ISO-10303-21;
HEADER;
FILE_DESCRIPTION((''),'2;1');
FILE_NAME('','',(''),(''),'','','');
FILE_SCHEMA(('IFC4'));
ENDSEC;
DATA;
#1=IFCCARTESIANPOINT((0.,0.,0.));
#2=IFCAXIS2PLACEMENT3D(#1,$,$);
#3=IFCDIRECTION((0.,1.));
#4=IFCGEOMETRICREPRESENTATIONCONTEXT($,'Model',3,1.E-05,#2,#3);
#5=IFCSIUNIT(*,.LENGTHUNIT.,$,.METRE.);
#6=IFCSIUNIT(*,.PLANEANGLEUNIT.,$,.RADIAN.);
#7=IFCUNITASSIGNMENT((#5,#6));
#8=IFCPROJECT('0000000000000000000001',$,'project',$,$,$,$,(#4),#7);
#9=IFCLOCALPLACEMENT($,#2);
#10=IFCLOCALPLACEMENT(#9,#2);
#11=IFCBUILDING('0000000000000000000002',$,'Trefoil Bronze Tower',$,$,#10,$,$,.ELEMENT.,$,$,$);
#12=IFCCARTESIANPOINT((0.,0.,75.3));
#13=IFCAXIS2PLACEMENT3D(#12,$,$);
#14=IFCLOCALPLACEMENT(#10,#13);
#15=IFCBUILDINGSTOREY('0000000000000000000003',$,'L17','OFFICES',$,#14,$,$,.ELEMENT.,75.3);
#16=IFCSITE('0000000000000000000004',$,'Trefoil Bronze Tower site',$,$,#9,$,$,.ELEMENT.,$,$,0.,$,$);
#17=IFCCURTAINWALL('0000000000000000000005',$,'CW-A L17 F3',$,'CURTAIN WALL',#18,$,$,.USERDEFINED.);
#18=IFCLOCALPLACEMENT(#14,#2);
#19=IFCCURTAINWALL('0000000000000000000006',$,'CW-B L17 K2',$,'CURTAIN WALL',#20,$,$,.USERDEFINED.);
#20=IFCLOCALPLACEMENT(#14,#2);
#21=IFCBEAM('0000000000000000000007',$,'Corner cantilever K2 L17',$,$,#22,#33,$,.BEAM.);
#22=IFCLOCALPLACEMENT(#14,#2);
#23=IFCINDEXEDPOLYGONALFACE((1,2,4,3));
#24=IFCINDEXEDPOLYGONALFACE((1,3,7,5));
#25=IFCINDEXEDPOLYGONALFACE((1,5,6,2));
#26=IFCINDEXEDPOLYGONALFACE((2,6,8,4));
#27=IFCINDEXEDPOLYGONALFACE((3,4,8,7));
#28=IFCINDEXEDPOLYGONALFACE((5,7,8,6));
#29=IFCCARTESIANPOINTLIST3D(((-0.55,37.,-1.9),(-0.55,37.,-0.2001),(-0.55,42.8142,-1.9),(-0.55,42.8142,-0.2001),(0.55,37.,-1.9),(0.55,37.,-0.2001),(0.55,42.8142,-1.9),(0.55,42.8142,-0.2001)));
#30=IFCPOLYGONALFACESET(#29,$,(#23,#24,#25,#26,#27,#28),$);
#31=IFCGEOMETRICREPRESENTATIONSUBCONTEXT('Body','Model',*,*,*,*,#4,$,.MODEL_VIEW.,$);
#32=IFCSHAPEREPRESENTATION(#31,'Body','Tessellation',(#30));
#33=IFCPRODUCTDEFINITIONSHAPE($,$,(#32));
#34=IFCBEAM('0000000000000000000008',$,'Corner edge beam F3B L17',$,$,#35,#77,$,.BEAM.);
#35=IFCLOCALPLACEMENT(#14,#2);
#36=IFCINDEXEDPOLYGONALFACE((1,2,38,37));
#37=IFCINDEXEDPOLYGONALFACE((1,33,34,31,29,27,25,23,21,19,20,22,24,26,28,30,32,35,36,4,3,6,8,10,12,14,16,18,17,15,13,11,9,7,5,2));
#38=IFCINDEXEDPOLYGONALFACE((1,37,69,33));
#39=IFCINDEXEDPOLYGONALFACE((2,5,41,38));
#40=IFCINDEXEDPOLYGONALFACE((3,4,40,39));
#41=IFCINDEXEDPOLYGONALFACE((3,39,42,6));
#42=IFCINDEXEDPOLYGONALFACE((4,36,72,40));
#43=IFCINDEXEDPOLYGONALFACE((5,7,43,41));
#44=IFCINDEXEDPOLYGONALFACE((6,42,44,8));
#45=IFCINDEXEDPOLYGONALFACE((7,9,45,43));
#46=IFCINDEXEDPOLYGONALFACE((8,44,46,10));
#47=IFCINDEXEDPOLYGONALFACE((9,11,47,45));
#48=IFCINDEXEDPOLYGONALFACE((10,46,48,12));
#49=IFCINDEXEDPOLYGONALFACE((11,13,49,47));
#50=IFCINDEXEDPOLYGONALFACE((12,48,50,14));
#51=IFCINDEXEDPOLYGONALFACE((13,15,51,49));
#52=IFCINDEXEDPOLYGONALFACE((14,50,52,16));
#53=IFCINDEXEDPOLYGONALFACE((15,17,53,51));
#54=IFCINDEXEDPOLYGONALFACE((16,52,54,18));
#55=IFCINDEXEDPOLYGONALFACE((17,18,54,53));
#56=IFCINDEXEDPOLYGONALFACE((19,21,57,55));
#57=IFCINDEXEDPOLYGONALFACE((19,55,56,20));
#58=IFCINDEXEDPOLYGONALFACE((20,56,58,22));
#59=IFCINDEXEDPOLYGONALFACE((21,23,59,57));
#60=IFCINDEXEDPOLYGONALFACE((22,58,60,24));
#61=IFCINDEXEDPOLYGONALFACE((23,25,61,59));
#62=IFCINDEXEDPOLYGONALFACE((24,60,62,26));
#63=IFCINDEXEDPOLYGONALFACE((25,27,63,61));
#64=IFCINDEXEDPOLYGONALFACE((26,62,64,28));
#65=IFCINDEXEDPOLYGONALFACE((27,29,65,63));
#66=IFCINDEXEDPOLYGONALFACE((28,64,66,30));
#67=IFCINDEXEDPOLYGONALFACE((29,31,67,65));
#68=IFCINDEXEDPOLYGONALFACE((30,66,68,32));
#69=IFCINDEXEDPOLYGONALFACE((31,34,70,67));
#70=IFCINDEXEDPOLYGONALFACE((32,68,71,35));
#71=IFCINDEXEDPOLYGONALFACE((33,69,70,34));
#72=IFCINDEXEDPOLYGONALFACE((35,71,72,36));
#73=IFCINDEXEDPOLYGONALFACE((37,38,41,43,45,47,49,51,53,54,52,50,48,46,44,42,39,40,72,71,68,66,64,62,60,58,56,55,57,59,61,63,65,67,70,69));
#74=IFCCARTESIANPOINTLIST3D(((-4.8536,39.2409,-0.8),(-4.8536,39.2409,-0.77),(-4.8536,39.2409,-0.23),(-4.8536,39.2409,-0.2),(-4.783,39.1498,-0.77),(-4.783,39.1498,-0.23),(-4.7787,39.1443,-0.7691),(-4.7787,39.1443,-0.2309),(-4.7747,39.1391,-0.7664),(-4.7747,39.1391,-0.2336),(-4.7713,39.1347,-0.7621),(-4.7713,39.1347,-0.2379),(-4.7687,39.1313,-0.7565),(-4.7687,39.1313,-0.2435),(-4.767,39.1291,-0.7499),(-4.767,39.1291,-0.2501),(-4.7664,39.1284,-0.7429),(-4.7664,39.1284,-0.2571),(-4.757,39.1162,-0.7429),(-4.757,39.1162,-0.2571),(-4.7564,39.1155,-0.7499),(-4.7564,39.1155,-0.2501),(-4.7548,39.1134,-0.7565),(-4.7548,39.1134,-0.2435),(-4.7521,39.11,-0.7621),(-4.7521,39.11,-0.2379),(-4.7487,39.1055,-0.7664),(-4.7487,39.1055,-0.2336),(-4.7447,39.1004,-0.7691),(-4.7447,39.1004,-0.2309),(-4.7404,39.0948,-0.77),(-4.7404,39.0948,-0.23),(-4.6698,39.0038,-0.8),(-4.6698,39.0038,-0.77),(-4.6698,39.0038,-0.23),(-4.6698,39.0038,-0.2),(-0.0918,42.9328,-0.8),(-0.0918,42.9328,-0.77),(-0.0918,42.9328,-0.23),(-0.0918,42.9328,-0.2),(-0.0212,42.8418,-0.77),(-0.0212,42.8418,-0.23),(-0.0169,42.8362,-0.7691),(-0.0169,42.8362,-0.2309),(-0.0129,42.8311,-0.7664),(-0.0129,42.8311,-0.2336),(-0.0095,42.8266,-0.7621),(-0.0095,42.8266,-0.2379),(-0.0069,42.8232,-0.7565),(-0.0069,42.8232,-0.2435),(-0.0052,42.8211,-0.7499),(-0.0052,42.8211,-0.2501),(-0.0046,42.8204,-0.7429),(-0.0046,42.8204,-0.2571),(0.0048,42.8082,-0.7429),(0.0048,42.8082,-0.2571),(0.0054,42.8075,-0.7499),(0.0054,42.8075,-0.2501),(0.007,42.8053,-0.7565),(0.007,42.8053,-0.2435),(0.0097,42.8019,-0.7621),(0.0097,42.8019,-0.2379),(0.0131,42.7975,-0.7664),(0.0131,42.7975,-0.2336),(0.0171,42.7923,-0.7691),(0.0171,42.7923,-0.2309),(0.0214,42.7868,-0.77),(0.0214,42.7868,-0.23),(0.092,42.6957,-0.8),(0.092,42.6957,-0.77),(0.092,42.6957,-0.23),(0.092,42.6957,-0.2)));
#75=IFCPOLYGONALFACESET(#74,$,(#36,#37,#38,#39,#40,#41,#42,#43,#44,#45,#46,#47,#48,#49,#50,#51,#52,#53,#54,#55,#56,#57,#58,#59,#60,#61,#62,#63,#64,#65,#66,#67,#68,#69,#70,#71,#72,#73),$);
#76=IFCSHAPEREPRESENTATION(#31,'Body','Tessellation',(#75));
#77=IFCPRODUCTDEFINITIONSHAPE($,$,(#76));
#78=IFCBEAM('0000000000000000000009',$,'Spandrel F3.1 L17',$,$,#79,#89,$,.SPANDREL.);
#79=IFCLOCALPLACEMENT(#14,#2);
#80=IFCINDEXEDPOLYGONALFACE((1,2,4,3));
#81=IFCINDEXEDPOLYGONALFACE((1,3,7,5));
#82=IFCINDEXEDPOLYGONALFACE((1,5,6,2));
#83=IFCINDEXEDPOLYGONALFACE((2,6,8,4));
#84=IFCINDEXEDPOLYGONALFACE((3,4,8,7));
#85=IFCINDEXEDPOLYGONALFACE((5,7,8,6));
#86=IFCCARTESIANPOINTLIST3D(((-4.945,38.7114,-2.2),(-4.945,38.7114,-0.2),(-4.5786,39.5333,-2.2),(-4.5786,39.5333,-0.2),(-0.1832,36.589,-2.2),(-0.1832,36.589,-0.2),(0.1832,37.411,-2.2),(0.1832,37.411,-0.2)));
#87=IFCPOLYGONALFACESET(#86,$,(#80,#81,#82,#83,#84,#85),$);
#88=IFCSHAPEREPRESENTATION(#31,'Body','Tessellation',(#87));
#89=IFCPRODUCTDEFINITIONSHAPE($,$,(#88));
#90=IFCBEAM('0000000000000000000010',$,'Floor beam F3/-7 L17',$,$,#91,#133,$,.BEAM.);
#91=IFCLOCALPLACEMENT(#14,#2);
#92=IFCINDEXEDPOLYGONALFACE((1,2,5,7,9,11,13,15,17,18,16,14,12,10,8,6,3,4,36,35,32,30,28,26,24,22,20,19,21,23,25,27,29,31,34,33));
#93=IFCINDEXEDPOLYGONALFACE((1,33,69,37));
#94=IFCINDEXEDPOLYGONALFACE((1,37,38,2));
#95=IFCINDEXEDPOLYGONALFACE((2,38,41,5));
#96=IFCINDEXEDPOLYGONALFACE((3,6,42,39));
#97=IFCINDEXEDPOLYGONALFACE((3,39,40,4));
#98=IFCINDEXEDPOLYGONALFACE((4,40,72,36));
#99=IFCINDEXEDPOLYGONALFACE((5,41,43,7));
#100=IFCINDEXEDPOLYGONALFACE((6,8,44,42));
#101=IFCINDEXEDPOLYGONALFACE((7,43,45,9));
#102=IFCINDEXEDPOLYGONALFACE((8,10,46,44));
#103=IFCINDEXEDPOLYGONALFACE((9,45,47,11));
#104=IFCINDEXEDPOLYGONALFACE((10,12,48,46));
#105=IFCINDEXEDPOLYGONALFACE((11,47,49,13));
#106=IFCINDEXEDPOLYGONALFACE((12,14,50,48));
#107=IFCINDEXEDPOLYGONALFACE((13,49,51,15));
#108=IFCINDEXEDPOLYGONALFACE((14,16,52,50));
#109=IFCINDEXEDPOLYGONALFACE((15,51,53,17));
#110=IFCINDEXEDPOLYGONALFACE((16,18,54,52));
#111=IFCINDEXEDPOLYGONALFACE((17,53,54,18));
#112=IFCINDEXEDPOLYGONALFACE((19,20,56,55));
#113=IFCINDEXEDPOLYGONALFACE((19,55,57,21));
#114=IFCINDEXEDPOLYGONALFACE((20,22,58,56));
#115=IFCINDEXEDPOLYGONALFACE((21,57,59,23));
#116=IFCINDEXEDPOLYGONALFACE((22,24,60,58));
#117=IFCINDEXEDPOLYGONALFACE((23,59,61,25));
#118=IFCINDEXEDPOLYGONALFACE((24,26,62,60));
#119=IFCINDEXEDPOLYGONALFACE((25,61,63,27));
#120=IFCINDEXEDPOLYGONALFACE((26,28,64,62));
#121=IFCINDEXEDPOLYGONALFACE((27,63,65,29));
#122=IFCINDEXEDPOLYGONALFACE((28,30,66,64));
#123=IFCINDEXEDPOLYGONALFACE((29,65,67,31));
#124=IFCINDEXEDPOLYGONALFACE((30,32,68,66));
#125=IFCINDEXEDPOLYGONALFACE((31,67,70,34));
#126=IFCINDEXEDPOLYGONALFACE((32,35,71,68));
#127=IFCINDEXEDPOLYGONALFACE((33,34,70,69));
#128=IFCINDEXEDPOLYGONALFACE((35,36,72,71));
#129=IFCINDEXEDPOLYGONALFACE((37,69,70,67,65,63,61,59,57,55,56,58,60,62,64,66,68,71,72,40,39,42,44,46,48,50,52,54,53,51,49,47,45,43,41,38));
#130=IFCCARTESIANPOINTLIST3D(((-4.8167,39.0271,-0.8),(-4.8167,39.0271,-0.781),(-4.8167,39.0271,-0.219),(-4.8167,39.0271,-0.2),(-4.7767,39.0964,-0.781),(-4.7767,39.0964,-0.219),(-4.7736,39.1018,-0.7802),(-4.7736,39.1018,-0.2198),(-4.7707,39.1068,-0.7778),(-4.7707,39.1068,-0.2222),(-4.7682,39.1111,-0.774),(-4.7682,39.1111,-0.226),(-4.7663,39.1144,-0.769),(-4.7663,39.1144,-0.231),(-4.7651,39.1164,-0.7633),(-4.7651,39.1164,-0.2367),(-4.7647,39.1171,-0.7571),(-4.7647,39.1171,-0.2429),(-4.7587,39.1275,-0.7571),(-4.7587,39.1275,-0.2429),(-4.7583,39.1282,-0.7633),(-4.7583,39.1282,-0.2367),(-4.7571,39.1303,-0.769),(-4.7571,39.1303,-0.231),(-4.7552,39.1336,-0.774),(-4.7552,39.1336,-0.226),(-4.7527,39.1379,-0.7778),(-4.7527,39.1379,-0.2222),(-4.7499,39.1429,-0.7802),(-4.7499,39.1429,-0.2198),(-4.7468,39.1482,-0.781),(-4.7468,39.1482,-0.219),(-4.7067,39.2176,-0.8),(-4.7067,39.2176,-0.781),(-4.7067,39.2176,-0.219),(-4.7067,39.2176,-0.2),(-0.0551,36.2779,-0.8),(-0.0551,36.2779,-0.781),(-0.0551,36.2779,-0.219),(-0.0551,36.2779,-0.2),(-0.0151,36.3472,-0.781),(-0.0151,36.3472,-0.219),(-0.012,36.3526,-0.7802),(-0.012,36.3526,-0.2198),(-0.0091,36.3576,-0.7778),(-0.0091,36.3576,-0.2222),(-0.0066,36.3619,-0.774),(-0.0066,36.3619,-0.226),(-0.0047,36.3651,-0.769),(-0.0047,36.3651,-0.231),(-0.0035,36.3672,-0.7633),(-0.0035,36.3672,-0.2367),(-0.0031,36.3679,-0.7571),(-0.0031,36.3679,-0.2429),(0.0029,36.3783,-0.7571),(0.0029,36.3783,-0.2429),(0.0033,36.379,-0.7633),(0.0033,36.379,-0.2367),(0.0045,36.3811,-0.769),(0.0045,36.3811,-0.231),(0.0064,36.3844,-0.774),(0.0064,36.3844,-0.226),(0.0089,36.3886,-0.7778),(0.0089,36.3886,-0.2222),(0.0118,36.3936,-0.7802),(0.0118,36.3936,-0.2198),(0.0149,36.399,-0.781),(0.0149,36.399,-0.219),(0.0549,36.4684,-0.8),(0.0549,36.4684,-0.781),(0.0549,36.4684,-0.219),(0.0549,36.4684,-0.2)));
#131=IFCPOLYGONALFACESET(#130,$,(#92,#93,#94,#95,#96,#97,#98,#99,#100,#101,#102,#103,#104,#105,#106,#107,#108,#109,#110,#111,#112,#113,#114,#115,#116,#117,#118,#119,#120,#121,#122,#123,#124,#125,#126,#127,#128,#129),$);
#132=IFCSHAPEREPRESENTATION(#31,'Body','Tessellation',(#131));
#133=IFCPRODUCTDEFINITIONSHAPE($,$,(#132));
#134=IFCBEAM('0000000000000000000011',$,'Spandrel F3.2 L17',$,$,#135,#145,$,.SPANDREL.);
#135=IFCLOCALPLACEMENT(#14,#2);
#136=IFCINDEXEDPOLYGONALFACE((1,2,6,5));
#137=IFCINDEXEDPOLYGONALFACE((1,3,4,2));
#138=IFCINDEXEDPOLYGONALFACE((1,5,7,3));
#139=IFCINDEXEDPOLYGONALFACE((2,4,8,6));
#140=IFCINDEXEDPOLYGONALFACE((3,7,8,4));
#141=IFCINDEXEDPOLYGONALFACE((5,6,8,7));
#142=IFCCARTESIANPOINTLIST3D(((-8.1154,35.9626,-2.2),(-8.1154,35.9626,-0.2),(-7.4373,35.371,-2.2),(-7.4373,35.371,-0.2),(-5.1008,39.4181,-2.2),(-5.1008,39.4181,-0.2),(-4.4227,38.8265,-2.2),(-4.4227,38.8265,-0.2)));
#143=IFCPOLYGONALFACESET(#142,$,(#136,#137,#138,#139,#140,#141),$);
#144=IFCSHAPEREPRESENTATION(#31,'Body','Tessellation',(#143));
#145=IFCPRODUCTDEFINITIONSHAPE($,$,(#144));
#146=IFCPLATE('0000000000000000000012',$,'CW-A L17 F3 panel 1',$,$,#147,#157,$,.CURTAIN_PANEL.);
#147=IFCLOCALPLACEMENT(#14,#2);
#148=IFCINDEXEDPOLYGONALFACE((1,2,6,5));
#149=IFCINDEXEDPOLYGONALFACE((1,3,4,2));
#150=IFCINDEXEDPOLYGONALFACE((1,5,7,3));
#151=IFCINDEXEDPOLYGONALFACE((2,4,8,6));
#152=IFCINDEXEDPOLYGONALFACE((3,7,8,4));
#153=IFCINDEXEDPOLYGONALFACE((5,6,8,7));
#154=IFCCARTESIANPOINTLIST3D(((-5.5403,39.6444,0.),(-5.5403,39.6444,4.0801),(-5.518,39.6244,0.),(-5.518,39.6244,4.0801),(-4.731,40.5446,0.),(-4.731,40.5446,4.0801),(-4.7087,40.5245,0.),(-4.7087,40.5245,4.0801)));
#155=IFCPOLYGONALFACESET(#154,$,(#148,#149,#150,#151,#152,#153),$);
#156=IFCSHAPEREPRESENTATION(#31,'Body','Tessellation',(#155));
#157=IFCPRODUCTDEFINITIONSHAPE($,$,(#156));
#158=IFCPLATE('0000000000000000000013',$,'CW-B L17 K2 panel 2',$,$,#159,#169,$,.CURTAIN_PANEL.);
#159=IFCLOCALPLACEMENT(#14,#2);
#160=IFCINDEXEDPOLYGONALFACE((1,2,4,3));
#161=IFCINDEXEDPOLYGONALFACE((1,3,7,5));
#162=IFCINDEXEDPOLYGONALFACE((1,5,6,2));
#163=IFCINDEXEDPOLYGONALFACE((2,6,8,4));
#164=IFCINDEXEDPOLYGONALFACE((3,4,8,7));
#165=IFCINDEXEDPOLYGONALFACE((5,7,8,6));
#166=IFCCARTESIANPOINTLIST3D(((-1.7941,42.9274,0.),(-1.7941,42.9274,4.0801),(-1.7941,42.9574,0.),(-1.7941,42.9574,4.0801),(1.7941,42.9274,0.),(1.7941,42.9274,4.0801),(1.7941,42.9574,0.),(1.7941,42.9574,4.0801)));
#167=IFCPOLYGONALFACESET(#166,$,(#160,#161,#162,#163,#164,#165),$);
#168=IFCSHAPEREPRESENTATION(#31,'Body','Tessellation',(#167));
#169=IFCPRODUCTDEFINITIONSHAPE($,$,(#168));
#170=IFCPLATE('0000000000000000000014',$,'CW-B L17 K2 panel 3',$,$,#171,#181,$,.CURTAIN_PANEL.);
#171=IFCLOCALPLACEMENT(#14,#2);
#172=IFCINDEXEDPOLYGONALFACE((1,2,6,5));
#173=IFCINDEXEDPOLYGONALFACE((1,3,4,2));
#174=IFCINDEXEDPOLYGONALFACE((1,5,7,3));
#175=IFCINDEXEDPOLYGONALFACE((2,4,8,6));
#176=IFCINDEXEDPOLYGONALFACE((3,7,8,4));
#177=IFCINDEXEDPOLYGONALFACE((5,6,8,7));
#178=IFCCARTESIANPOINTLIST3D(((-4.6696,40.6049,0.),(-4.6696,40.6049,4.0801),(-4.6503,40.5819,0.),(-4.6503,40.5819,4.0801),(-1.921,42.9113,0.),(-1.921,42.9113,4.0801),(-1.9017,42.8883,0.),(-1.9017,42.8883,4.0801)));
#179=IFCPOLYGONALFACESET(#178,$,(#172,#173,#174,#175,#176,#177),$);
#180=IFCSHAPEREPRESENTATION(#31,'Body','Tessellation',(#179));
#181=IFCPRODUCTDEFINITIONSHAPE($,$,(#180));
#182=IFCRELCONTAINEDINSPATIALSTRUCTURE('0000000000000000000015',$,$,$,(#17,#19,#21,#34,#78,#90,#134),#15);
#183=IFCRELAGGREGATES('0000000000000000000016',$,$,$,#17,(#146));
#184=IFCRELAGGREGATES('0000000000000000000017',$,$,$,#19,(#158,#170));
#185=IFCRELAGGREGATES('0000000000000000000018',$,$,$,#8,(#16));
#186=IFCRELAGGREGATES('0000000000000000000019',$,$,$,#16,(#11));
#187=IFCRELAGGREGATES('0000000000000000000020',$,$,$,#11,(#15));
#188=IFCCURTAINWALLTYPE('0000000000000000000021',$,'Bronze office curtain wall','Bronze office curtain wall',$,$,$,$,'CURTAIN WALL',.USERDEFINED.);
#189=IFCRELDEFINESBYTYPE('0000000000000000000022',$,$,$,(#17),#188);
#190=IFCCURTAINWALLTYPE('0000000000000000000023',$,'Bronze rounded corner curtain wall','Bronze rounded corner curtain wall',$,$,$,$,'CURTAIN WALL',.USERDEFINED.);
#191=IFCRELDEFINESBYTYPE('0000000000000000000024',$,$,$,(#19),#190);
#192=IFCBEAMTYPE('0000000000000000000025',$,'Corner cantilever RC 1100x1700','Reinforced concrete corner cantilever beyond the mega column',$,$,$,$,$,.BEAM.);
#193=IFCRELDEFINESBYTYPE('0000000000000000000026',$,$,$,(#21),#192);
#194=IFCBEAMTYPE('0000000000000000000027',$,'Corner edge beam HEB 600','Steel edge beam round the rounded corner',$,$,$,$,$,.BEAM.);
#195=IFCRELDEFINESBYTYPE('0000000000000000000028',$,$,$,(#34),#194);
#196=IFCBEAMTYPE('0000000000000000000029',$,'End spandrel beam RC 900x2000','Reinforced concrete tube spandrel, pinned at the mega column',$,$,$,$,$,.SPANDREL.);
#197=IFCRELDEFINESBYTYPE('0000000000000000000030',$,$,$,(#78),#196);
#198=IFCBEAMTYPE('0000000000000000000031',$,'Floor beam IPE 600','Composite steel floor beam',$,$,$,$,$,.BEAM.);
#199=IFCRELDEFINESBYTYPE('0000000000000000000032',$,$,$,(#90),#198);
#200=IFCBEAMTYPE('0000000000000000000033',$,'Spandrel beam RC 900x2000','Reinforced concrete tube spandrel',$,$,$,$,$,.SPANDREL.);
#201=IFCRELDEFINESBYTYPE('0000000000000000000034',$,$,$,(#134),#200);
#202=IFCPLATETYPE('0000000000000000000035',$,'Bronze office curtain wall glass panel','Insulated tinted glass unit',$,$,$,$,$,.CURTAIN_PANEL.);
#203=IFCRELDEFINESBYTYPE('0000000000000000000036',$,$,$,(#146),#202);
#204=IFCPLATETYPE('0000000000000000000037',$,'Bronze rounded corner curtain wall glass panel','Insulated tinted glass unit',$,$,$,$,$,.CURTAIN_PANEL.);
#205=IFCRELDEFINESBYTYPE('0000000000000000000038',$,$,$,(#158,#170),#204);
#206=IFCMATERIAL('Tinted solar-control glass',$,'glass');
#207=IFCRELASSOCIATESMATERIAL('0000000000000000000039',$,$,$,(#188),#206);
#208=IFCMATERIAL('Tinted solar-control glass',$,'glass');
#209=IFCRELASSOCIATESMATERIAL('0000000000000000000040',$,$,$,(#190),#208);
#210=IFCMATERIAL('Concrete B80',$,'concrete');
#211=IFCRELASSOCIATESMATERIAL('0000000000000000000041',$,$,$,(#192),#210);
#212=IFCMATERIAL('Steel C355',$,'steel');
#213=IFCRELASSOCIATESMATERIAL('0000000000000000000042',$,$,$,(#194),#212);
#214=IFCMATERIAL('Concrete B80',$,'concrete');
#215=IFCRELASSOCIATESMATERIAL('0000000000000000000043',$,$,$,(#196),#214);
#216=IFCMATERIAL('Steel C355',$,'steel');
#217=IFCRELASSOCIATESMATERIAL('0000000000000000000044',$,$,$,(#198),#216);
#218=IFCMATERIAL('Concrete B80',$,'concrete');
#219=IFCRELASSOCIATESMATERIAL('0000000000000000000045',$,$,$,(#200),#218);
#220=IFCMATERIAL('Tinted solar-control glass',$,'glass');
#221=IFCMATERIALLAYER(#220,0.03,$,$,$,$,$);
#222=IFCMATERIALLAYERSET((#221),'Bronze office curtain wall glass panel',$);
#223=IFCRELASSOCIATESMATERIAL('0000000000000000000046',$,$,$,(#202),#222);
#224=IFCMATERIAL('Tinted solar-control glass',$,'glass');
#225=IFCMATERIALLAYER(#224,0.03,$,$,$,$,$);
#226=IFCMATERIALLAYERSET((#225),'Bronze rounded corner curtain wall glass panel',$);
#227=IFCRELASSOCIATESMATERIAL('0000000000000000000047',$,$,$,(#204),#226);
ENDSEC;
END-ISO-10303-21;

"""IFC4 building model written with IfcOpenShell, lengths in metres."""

from ifc_helpers import new_model, si_unit, direction, frame, origin, origin_2d, place, context, subcontext, project, spatial, rectangle, i_section, extrude, material, layer, layer_set, material_profile, profile_set, type_object, element, aggregate, save


model = new_model("IFC4")

# Units and contexts
model_context = context("Model", 3, precision=1e-05, world=origin(), true_north=direction((0.0, 1.0)))
body_context = subcontext(model_context, "Body", "Model", "MODEL_VIEW")
ifc_project = project(units=[si_unit("LENGTHUNIT", "METRE"), si_unit("PLANEANGLEUNIT", "RADIAN")], contexts=[model_context])

# Site, building, storey
site_placement = place(None, origin())
site = spatial("IfcSite", under=ifc_project, at=site_placement, Name="Trefoil Bronze Tower site", CompositionType="ELEMENT", RefElevation=0.0)
building_placement = place(site_placement, origin())
building = spatial("IfcBuilding", under=site, at=building_placement, Name="Trefoil Bronze Tower", CompositionType="ELEMENT")
storey_placement = place(building_placement, frame((0.0, 0.0, 75.3)))
storey = spatial("IfcBuildingStorey", under=building, at=storey_placement, Name="L17", Description="OFFICES", CompositionType="ELEMENT", Elevation=75.3)

# Curtain walls
ifc_material_1 = material(Name="Tinted solar-control glass", Category="glass")
curtain_wall_type_1 = type_object("IfcCurtainWallType", Name="Bronze office curtain wall", Description="Bronze office curtain wall", ElementType="CURTAIN WALL", PredefinedType="USERDEFINED", material=ifc_material_1)
curtain_wall_1_placement = place(storey_placement, origin())
curtain_wall_1 = element("IfcCurtainWall", 1, at=curtain_wall_1_placement, inside=storey, type_object=curtain_wall_type_1, Name="CW-A L17 F3", ObjectType="CURTAIN WALL", PredefinedType="USERDEFINED")
ifc_material_2 = material(Name="Tinted solar-control glass", Category="glass")
curtain_wall_type_2 = type_object("IfcCurtainWallType", Name="Bronze rounded corner curtain wall", Description="Bronze rounded corner curtain wall", ElementType="CURTAIN WALL", PredefinedType="USERDEFINED", material=ifc_material_2)
curtain_wall_2_placement = place(storey_placement, origin())
curtain_wall_2 = element("IfcCurtainWall", 2, at=curtain_wall_2_placement, inside=storey, type_object=curtain_wall_type_2, Name="CW-B L17 K2", ObjectType="CURTAIN WALL", PredefinedType="USERDEFINED")

# Beams
ifc_material_3 = material(Name="Concrete B80", Category="concrete")
ifc_material_profile_1 = material_profile(ifc_material_3, rectangle(XDim=1.1001, YDim=1.7, at=origin_2d()), Name="RC 1100x1700")
ifc_profile_set_1 = profile_set([ifc_material_profile_1], Name="Concrete B80")
beam_type_1 = type_object("IfcBeamType", Name="Corner cantilever RC 1100x1700", Description="Reinforced concrete corner cantilever beyond the mega column", PredefinedType="BEAM", material=ifc_profile_set_1)
beam_1_placement = place(storey_placement, frame((0.0, 37.0, -1.05), z_axis=(0.0, 1.0, 0.0), x_axis=(-1.0, 0.0, 0.0)))
element("IfcBeam", 3, at=beam_1_placement, inside=storey, type_object=beam_type_1, Name="Corner cantilever K2 L17", PredefinedType="BEAM", context=body_context, shape_type="SweptSolid", body=[
    extrude(rectangle(XDim=1.1001, YDim=1.7, at=origin_2d()), origin(), (0.0, 0.0, 1.0), 5.8142),
])
ifc_material_4 = material(Name="Steel C355", Category="steel")
ifc_material_profile_2 = material_profile(ifc_material_4, i_section(OverallWidth=0.3, OverallDepth=0.6001, WebThickness=0.0154, FlangeThickness=0.03, FilletRadius=0.0271, at=origin_2d()), Name="HEB 600")
ifc_profile_set_2 = profile_set([ifc_material_profile_2], Name="Steel C355")
beam_type_2 = type_object("IfcBeamType", Name="Corner edge beam HEB 600", Description="Steel edge beam round the rounded corner", PredefinedType="BEAM", material=ifc_profile_set_2)
beam_2_placement = place(storey_placement, frame((-4.7617, 39.1223, -0.5), z_axis=(0.790289, 0.612734, 0.0), x_axis=(-0.612734, 0.790289, 0.0)))
element("IfcBeam", 4, at=beam_2_placement, inside=storey, type_object=beam_type_2, Name="Corner edge beam F3B L17", PredefinedType="BEAM", context=body_context, shape_type="SweptSolid", body=[
    extrude(i_section(OverallWidth=0.3, OverallDepth=0.6001, WebThickness=0.0154, FlangeThickness=0.03, FilletRadius=0.0271, at=origin_2d()), origin(), (0.0, 0.0, 1.0), 6.0254),
])
ifc_material_5 = material(Name="Concrete B80", Category="concrete")
ifc_material_profile_3 = material_profile(ifc_material_5, rectangle(XDim=0.8999, YDim=2.0, at=origin_2d()), Name="RC 900x2000")
ifc_profile_set_3 = profile_set([ifc_material_profile_3], Name="Concrete B80")
beam_type_3 = type_object("IfcBeamType", Name="End spandrel beam RC 900x2000", Description="Reinforced concrete tube spandrel, pinned at the mega column", PredefinedType="SPANDREL", material=ifc_profile_set_3)
beam_3_placement = place(storey_placement, frame((0.0, 37.0, -1.2), z_axis=(-0.913384, 0.407099, 0.0), x_axis=(-0.407099, -0.913384, 0.0)))
element("IfcBeam", 5, at=beam_3_placement, inside=storey, type_object=beam_type_3, Name="Spandrel F3.1 L17", PredefinedType="SPANDREL", context=body_context, shape_type="SweptSolid", body=[
    extrude(rectangle(XDim=0.8999, YDim=2.0, at=origin_2d()), origin(), (0.0, 0.0, 1.0), 5.2134),
])
ifc_material_6 = material(Name="Steel C355", Category="steel")
ifc_material_profile_4 = material_profile(ifc_material_6, i_section(OverallWidth=0.22, OverallDepth=0.6001, WebThickness=0.012, FlangeThickness=0.019, FilletRadius=0.0239, at=origin_2d()), Name="IPE 600")
ifc_profile_set_4 = profile_set([ifc_material_profile_4], Name="Steel C355")
beam_type_4 = type_object("IfcBeamType", Name="Floor beam IPE 600", Description="Composite steel floor beam", PredefinedType="BEAM", material=ifc_profile_set_4)
beam_4_placement = place(storey_placement, frame((-4.7617, 39.1223, -0.5), z_axis=(0.866018, -0.500012, 0.0), x_axis=(0.500012, 0.866018, 0.0)))
element("IfcBeam", 6, at=beam_4_placement, inside=storey, type_object=beam_type_4, Name="Floor beam F3/-7 L17", PredefinedType="BEAM", context=body_context, shape_type="SweptSolid", body=[
    extrude(i_section(OverallWidth=0.22, OverallDepth=0.6001, WebThickness=0.012, FlangeThickness=0.019, FilletRadius=0.0239, at=origin_2d()), origin(), (0.0, 0.0, 1.0), 5.4983),
])
ifc_material_7 = material(Name="Concrete B80", Category="concrete")
ifc_material_profile_5 = material_profile(ifc_material_7, rectangle(XDim=0.8999, YDim=2.0, at=origin_2d()), Name="RC 900x2000")
ifc_profile_set_5 = profile_set([ifc_material_profile_5], Name="Concrete B80")
beam_type_5 = type_object("IfcBeamType", Name="Spandrel beam RC 900x2000", Description="Reinforced concrete tube spandrel", PredefinedType="SPANDREL", material=ifc_profile_set_5)
beam_5_placement = place(storey_placement, frame((-4.7617, 39.1223, -1.2), z_axis=(-0.657396, -0.753545, 0.0), x_axis=(0.753545, -0.657396, 0.0)))
element("IfcBeam", 7, at=beam_5_placement, inside=storey, type_object=beam_type_5, Name="Spandrel F3.2 L17", PredefinedType="SPANDREL", context=body_context, shape_type="SweptSolid", body=[
    extrude(rectangle(XDim=0.8999, YDim=2.0, at=origin_2d()), origin(), (0.0, 0.0, 1.0), 4.5857),
])

# Plates
ifc_material_8 = material(Name="Tinted solar-control glass", Category="glass")
ifc_layer_1 = layer(ifc_material_8, 0.03)
ifc_layer_set_1 = layer_set([ifc_layer_1], Name="Bronze office curtain wall glass panel")
plate_type_1 = type_object("IfcPlateType", Name="Bronze office curtain wall glass panel", Description="Insulated tinted glass unit", PredefinedType="CURTAIN_PANEL", material=ifc_layer_set_1)
plate_1_placement = place(storey_placement, frame((-5.1245, 40.0845, 0.0), z_axis=(0.0, 0.0, 1.0), x_axis=(-0.668575, -0.743645, 0.0)))
plate_1 = element("IfcPlate", 8, at=plate_1_placement, type_object=plate_type_1, Name="CW-A L17 F3 panel 1", PredefinedType="CURTAIN_PANEL", context=body_context, shape_type="SweptSolid", body=[
    extrude(rectangle(XDim=1.2104, YDim=0.03, at=origin_2d()), origin(), (0.0, 0.0, 1.0), 4.0801),
])
aggregate(curtain_wall_1, [plate_1])
ifc_material_9 = material(Name="Tinted solar-control glass", Category="glass")
ifc_layer_2 = layer(ifc_material_9, 0.03)
ifc_layer_set_2 = layer_set([ifc_layer_2], Name="Bronze rounded corner curtain wall glass panel")
plate_type_2 = type_object("IfcPlateType", Name="Bronze rounded corner curtain wall glass panel", Description="Insulated tinted glass unit", PredefinedType="CURTAIN_PANEL", material=ifc_layer_set_2)
plate_2_placement = place(storey_placement, frame((0.0, 42.9424, 0.0), z_axis=(0.0, 0.0, 1.0), x_axis=(-1.0, 0.0, 0.0)))
plate_2 = element("IfcPlate", 9, at=plate_2_placement, type_object=plate_type_2, Name="CW-B L17 K2 panel 2", PredefinedType="CURTAIN_PANEL", context=body_context, shape_type="SweptSolid", body=[
    extrude(rectangle(XDim=3.5881, YDim=0.03, at=origin_2d()), origin(), (0.0, 0.0, 1.0), 4.0801),
])
plate_3_placement = place(storey_placement, frame((-3.2856, 41.7466, 0.0), z_axis=(0.0, 0.0, 1.0), x_axis=(-0.766044, -0.642788, 0.0)))
plate_3 = element("IfcPlate", 10, at=plate_3_placement, type_object=plate_type_2, Name="CW-B L17 K2 panel 3", PredefinedType="CURTAIN_PANEL", context=body_context, shape_type="SweptSolid", body=[
    extrude(rectangle(XDim=3.5881, YDim=0.03, at=origin_2d()), origin(), (0.0, 0.0, 1.0), 4.0801),
])
aggregate(curtain_wall_2, [plate_2, plate_3])

save(model, "model.ifc")
